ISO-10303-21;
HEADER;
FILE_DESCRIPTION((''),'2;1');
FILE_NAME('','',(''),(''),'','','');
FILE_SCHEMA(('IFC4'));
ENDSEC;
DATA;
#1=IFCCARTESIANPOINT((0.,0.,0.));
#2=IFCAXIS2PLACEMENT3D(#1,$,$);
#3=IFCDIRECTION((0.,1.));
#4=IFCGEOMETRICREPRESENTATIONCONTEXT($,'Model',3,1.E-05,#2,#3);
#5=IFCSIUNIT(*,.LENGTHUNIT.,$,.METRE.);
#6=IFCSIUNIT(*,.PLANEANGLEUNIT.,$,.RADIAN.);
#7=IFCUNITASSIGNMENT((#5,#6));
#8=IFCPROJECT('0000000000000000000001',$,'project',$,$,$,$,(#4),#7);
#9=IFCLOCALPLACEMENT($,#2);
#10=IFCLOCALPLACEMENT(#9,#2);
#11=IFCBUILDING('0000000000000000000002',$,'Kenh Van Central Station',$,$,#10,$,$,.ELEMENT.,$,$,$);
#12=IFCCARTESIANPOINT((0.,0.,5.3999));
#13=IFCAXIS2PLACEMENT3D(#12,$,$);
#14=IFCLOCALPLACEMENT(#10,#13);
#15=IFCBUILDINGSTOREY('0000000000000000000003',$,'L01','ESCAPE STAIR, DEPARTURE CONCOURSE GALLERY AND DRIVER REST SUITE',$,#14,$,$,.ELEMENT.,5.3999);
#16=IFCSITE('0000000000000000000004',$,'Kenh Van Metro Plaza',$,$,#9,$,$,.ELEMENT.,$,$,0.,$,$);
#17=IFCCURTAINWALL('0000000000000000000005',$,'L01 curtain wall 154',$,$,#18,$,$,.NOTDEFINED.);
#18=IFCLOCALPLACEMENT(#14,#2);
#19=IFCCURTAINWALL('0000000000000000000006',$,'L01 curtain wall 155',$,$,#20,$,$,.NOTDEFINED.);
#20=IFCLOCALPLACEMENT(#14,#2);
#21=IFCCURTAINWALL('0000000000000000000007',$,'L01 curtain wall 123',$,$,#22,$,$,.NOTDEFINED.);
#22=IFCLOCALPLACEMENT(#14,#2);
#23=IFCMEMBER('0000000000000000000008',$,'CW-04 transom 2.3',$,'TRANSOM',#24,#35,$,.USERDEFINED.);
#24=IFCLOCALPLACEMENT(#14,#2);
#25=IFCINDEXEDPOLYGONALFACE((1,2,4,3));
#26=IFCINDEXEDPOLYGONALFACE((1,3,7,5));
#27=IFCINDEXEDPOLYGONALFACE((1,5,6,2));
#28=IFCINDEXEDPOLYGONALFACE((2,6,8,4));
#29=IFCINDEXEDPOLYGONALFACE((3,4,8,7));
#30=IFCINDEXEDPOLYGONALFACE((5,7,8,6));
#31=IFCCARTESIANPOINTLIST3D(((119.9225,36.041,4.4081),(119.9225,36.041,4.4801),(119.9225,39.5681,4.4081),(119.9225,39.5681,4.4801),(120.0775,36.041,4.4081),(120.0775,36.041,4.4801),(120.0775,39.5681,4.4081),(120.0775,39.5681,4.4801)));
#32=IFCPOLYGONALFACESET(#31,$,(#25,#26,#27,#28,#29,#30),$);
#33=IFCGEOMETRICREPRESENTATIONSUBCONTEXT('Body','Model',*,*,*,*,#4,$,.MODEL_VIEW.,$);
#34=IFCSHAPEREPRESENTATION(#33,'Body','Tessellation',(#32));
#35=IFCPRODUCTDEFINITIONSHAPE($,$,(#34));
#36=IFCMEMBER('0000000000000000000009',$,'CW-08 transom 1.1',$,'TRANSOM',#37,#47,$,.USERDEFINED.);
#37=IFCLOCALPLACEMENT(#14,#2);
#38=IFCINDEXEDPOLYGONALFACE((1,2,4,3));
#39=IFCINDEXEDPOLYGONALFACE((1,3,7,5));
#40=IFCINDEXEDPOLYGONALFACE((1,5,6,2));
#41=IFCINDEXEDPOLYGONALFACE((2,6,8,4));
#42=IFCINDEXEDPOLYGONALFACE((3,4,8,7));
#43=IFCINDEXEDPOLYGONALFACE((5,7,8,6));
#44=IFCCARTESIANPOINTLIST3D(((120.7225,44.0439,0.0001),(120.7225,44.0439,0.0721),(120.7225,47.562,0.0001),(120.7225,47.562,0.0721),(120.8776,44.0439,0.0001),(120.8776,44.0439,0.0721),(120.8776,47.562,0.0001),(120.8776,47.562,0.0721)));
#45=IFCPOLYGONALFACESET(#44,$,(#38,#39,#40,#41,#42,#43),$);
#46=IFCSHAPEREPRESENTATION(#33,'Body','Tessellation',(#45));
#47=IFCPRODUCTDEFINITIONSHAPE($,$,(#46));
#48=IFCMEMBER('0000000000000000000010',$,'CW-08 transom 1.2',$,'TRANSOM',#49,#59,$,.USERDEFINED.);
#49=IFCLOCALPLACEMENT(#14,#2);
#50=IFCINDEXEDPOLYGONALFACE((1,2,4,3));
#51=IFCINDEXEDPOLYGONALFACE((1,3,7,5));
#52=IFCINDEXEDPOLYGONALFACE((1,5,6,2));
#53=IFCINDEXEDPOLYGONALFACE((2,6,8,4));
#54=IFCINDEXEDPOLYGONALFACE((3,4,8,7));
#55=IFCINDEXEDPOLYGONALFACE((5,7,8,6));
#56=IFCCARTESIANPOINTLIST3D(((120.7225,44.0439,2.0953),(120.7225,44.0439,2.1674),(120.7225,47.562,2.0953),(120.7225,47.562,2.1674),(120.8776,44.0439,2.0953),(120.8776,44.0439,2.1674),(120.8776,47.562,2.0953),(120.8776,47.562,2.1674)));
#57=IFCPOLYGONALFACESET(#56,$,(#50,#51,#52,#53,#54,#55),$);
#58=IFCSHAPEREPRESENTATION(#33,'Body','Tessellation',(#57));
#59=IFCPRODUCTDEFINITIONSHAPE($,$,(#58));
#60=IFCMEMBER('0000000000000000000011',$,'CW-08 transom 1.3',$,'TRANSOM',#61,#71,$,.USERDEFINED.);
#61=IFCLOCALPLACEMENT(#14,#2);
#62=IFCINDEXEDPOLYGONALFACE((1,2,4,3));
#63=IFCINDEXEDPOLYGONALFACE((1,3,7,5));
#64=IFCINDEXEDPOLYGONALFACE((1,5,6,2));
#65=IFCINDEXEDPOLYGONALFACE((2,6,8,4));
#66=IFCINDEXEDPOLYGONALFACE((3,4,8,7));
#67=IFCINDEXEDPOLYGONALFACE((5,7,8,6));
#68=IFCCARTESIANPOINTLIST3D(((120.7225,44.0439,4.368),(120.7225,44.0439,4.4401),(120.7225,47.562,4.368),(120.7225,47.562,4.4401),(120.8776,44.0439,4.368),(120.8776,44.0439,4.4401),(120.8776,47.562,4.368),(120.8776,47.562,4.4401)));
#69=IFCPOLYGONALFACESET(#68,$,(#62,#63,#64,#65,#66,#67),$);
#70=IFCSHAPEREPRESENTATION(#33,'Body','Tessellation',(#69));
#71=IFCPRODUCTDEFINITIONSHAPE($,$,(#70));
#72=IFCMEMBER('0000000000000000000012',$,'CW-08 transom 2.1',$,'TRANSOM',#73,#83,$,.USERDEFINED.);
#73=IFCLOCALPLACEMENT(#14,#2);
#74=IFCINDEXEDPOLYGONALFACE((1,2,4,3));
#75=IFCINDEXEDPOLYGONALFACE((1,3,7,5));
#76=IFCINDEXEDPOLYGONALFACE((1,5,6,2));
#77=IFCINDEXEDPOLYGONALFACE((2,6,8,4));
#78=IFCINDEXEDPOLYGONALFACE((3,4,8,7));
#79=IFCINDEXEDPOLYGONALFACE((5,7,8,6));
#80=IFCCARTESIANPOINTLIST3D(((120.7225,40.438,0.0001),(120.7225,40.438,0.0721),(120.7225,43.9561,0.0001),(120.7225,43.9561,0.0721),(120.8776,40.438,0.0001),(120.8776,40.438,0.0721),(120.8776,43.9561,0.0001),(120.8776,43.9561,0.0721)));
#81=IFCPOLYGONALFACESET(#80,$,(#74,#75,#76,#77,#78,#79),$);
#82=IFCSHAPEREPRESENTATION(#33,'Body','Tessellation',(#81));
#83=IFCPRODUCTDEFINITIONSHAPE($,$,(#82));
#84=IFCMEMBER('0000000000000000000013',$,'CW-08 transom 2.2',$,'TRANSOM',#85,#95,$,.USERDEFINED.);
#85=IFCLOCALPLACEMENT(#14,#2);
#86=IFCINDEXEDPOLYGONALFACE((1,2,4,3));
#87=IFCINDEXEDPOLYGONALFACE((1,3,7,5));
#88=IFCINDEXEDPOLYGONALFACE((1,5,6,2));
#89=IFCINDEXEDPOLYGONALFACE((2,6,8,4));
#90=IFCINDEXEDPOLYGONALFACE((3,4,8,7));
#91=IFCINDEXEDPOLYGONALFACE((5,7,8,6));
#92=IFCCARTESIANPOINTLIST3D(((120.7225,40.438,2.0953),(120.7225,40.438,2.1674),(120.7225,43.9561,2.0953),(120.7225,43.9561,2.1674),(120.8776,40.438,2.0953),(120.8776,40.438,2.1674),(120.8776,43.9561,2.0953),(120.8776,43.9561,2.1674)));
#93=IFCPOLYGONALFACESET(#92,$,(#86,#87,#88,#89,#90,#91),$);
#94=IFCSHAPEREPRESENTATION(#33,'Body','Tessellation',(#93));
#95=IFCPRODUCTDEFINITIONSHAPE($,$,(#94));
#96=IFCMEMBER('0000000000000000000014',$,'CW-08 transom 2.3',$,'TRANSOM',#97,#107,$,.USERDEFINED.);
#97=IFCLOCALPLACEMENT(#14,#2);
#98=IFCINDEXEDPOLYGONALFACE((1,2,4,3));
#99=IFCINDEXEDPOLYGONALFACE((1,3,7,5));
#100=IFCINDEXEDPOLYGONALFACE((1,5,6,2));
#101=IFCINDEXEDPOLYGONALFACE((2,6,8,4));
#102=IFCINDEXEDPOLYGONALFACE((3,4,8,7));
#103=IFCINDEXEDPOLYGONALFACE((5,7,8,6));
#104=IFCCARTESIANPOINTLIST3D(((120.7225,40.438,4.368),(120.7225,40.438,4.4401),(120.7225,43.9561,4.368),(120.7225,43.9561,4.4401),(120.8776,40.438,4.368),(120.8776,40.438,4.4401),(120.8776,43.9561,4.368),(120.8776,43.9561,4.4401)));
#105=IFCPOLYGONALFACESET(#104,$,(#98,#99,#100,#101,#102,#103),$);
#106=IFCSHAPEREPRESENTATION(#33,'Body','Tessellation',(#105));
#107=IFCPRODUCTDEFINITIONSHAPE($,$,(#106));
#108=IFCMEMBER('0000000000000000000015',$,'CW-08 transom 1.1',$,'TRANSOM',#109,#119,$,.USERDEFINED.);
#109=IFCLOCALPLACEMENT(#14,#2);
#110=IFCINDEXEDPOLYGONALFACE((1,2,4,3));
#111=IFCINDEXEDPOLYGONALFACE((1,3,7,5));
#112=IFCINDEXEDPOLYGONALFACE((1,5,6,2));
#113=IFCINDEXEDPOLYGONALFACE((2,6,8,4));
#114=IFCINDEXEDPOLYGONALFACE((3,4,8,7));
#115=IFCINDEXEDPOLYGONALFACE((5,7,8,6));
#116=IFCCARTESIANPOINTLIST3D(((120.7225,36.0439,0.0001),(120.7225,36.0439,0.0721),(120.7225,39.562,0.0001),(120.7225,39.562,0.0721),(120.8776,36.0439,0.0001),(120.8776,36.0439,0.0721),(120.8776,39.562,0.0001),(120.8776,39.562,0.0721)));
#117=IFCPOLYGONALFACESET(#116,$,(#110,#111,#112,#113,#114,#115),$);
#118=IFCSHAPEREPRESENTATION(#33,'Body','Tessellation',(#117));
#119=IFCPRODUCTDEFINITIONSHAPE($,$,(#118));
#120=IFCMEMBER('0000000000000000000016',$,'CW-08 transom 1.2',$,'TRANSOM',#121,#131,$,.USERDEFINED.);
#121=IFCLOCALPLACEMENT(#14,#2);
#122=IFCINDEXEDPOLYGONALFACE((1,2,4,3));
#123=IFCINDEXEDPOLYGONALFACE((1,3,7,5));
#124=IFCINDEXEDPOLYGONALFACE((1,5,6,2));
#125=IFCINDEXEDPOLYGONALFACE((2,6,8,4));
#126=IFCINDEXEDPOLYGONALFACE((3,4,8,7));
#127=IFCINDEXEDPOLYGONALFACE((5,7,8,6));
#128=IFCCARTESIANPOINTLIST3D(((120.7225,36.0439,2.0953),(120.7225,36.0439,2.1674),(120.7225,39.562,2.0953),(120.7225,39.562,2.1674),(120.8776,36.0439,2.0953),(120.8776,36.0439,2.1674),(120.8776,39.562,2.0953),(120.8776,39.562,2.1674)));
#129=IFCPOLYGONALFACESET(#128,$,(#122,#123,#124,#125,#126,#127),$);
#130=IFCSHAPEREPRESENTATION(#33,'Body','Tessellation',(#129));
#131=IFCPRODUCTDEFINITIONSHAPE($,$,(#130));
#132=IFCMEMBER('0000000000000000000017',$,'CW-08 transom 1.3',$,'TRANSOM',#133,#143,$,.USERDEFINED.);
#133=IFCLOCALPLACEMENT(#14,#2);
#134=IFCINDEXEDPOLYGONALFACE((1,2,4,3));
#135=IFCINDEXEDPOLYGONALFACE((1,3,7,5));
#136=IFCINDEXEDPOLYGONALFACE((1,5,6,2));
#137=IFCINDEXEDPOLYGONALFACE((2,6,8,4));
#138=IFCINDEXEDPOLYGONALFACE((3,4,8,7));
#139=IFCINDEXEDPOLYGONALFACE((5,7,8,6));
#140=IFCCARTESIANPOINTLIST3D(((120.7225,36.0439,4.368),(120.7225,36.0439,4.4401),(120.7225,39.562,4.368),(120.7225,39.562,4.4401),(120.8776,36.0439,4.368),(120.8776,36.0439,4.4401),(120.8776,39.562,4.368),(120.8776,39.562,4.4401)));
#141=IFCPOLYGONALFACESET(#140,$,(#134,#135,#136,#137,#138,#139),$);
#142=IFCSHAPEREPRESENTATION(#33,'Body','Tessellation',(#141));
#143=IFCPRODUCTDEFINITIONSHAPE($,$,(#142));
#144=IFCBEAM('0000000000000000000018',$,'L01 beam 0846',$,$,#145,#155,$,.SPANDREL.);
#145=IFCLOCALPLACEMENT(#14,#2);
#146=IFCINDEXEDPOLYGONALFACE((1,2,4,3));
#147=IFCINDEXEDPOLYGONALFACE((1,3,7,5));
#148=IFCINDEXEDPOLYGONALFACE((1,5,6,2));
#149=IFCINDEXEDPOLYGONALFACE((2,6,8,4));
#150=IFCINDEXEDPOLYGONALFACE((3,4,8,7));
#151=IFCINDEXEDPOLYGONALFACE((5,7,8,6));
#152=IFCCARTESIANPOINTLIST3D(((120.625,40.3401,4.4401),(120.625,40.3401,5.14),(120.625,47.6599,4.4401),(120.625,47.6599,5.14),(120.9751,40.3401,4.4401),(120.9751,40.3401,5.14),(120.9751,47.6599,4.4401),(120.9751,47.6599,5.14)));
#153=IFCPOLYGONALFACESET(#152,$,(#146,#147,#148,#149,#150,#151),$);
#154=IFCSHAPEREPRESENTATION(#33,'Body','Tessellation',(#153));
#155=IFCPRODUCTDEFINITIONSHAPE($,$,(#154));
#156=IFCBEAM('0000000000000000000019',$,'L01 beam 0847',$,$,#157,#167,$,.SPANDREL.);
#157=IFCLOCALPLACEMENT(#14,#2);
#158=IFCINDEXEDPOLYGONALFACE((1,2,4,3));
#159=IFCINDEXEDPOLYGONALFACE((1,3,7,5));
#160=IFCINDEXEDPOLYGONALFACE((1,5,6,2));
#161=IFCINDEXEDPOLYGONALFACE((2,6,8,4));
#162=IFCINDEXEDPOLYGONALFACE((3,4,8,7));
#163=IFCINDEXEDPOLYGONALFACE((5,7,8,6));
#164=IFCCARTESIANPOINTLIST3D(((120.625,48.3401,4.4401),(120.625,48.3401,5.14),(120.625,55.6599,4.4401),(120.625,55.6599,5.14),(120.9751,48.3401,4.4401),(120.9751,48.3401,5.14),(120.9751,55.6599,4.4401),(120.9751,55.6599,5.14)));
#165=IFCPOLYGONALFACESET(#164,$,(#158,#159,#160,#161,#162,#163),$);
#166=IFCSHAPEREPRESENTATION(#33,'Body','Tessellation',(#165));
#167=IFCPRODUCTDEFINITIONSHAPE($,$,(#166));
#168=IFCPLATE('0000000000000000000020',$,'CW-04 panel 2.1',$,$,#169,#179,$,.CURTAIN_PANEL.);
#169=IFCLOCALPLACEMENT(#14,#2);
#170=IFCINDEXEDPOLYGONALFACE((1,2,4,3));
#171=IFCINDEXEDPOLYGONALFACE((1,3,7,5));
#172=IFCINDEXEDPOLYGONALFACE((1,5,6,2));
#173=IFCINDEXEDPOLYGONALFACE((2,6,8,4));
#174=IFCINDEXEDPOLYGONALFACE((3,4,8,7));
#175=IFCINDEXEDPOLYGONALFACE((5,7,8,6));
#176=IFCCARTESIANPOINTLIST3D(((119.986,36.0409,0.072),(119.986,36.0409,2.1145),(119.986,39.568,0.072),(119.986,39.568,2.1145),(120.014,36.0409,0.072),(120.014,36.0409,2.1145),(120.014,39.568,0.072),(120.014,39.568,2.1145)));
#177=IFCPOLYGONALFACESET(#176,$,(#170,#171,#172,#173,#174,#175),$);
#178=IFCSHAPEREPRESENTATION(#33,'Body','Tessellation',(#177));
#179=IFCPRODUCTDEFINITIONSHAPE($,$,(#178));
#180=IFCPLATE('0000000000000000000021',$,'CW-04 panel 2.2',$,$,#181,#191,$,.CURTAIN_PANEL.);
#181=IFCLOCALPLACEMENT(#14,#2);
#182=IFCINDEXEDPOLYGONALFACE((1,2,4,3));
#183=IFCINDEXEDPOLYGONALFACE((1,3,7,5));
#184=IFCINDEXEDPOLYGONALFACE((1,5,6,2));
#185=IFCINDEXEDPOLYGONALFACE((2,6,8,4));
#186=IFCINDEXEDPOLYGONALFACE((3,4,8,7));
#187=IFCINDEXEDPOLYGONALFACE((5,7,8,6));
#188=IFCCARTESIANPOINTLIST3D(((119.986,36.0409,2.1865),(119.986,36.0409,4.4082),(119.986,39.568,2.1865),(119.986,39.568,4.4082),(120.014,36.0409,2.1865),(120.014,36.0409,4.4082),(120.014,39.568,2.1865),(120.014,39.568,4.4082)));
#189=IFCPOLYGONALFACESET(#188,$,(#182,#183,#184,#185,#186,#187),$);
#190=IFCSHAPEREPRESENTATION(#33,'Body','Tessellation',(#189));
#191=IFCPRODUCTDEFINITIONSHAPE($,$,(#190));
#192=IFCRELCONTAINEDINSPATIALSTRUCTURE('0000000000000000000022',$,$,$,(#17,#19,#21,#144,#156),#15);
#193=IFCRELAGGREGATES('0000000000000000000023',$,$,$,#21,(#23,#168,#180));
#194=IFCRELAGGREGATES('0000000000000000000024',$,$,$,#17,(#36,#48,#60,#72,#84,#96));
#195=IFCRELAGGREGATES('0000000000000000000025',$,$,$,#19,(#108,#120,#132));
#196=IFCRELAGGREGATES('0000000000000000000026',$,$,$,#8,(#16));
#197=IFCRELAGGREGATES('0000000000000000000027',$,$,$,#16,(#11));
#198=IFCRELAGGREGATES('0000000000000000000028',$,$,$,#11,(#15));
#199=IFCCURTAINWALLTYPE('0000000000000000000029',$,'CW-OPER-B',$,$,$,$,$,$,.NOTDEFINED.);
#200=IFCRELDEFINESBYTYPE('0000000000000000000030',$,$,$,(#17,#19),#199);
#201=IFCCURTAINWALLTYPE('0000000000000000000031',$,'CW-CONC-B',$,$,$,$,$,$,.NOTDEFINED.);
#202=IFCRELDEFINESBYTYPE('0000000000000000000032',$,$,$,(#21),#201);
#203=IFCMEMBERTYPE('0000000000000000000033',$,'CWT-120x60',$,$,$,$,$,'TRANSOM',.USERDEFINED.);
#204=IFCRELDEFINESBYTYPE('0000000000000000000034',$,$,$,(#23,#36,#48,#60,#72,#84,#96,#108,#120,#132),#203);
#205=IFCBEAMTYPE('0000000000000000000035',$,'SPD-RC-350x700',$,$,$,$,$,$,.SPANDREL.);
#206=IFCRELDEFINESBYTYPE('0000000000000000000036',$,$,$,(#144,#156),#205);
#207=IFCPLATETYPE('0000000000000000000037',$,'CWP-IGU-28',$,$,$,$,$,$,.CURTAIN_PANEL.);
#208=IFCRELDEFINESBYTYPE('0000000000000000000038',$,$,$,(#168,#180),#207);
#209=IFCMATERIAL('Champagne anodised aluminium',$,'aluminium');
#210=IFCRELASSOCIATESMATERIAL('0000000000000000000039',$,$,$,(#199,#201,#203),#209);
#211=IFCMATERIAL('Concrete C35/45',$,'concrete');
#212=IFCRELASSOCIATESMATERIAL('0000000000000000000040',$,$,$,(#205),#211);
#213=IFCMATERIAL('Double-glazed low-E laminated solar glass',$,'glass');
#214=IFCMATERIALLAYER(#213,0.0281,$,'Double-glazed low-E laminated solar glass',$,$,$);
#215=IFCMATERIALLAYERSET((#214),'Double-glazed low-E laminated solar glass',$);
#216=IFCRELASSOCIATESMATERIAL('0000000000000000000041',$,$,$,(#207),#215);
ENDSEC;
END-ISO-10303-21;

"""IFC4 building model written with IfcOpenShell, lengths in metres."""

from ifc_helpers import new_model, si_unit, direction, frame, origin, origin_2d, place, context, subcontext, project, spatial, rectangle, extrude, material, layer, layer_set, material_profile, profile_set, type_object, element, aggregate, save


model = new_model("IFC4")

# Units and contexts
model_context = context("Model", 3, precision=1e-05, world=origin(), true_north=direction((0.0, 1.0)))
body_context = subcontext(model_context, "Body", "Model", "MODEL_VIEW")
ifc_project = project(units=[si_unit("LENGTHUNIT", "METRE"), si_unit("PLANEANGLEUNIT", "RADIAN")], contexts=[model_context])

# Site, building, storey
site_placement = place(None, origin())
site = spatial("IfcSite", under=ifc_project, at=site_placement, Name="Kenh Van Metro Plaza", CompositionType="ELEMENT", RefElevation=0.0)
building_placement = place(site_placement, origin())
building = spatial("IfcBuilding", under=site, at=building_placement, Name="Kenh Van Central Station", CompositionType="ELEMENT")
storey_placement = place(building_placement, frame((0.0, 0.0, 5.3999)))
storey = spatial("IfcBuildingStorey", under=building, at=storey_placement, Name="L01", Description="ESCAPE STAIR, DEPARTURE CONCOURSE GALLERY AND DRIVER REST SUITE", CompositionType="ELEMENT", Elevation=5.3999)

# Shared definitions
ifc_material_1 = material(Name="Concrete C35/45", Category="concrete")

# Shared definitions
ifc_material_2 = material(Name="Champagne anodised aluminium", Category="aluminium")
curtain_wall_type_1 = type_object("IfcCurtainWallType", Name="CW-OPER-B", PredefinedType="NOTDEFINED", material=ifc_material_2)

# Curtain walls, member
curtain_wall_1_placement = place(storey_placement, origin())
curtain_wall_1 = element("IfcCurtainWall", 1, at=curtain_wall_1_placement, inside=storey, type_object=curtain_wall_type_1, Name="L01 curtain wall 154", PredefinedType="NOTDEFINED")
curtain_wall_2_placement = place(storey_placement, origin())
curtain_wall_2 = element("IfcCurtainWall", 2, at=curtain_wall_2_placement, inside=storey, type_object=curtain_wall_type_1, Name="L01 curtain wall 155", PredefinedType="NOTDEFINED")
curtain_wall_type_2 = type_object("IfcCurtainWallType", Name="CW-CONC-B", PredefinedType="NOTDEFINED", material=ifc_material_2)
curtain_wall_3_placement = place(storey_placement, origin())
curtain_wall_3 = element("IfcCurtainWall", 3, at=curtain_wall_3_placement, inside=storey, type_object=curtain_wall_type_2, Name="L01 curtain wall 123", PredefinedType="NOTDEFINED")
ifc_material_profile_1 = material_profile(ifc_material_2, rectangle(XDim=0.155, YDim=0.072, at=origin_2d()), Name="AL 155x72")
ifc_profile_set_1 = profile_set([ifc_material_profile_1], Name="Champagne anodised aluminium")
member_type_1 = type_object("IfcMemberType", Name="CWT-120x60", ElementType="TRANSOM", PredefinedType="USERDEFINED", material=ifc_profile_set_1)
member_1_placement = place(storey_placement, frame((120.0, 36.041, 4.4441), z_axis=(0.0, 1.0, 0.0), x_axis=(-1.0, 0.0, 0.0)))
member_1 = element("IfcMember", 4, at=member_1_placement, type_object=member_type_1, Name="CW-04 transom 2.3", ObjectType="TRANSOM", PredefinedType="USERDEFINED", context=body_context, shape_type="SweptSolid", body=[
    extrude(rectangle(XDim=0.155, YDim=0.072, at=origin_2d()), origin(), (0.0, 0.0, 1.0), 3.5271),
])

# Members
member_2_placement = place(storey_placement, frame((120.8, 47.562, 0.0361), z_axis=(0.0, -1.0, 0.0), x_axis=(1.0, 0.0, 0.0)))
member_2 = element("IfcMember", 5, at=member_2_placement, type_object=member_type_1, Name="CW-08 transom 1.1", ObjectType="TRANSOM", PredefinedType="USERDEFINED", context=body_context, shape_type="SweptSolid", body=[
    extrude(rectangle(XDim=0.155, YDim=0.072, at=origin_2d()), origin(), (0.0, 0.0, 1.0), 3.5181),
])
member_3_placement = place(storey_placement, frame((120.8, 47.562, 2.1313), z_axis=(0.0, -1.0, 0.0), x_axis=(1.0, 0.0, 0.0)))
member_3 = element("IfcMember", 6, at=member_3_placement, type_object=member_type_1, Name="CW-08 transom 1.2", ObjectType="TRANSOM", PredefinedType="USERDEFINED", context=body_context, shape_type="SweptSolid", body=[
    extrude(rectangle(XDim=0.155, YDim=0.072, at=origin_2d()), origin(), (0.0, 0.0, 1.0), 3.5181),
])
member_4_placement = place(storey_placement, frame((120.8, 47.562, 4.4041), z_axis=(0.0, -1.0, 0.0), x_axis=(1.0, 0.0, 0.0)))
member_4 = element("IfcMember", 7, at=member_4_placement, type_object=member_type_1, Name="CW-08 transom 1.3", ObjectType="TRANSOM", PredefinedType="USERDEFINED", context=body_context, shape_type="SweptSolid", body=[
    extrude(rectangle(XDim=0.155, YDim=0.072, at=origin_2d()), origin(), (0.0, 0.0, 1.0), 3.5181),
])
member_5_placement = place(storey_placement, frame((120.8, 43.9561, 0.0361), z_axis=(0.0, -1.0, 0.0), x_axis=(1.0, 0.0, 0.0)))
member_5 = element("IfcMember", 8, at=member_5_placement, type_object=member_type_1, Name="CW-08 transom 2.1", ObjectType="TRANSOM", PredefinedType="USERDEFINED", context=body_context, shape_type="SweptSolid", body=[
    extrude(rectangle(XDim=0.155, YDim=0.072, at=origin_2d()), origin(), (0.0, 0.0, 1.0), 3.5181),
])
member_6_placement = place(storey_placement, frame((120.8, 43.9561, 2.1313), z_axis=(0.0, -1.0, 0.0), x_axis=(1.0, 0.0, 0.0)))
member_6 = element("IfcMember", 9, at=member_6_placement, type_object=member_type_1, Name="CW-08 transom 2.2", ObjectType="TRANSOM", PredefinedType="USERDEFINED", context=body_context, shape_type="SweptSolid", body=[
    extrude(rectangle(XDim=0.155, YDim=0.072, at=origin_2d()), origin(), (0.0, 0.0, 1.0), 3.5181),
])
member_7_placement = place(storey_placement, frame((120.8, 43.9561, 4.4041), z_axis=(0.0, -1.0, 0.0), x_axis=(1.0, 0.0, 0.0)))
member_7 = element("IfcMember", 10, at=member_7_placement, type_object=member_type_1, Name="CW-08 transom 2.3", ObjectType="TRANSOM", PredefinedType="USERDEFINED", context=body_context, shape_type="SweptSolid", body=[
    extrude(rectangle(XDim=0.155, YDim=0.072, at=origin_2d()), origin(), (0.0, 0.0, 1.0), 3.5181),
])
member_8_placement = place(storey_placement, frame((120.8, 39.562, 0.0361), z_axis=(0.0, -1.0, 0.0), x_axis=(1.0, 0.0, 0.0)))
member_8 = element("IfcMember", 11, at=member_8_placement, type_object=member_type_1, Name="CW-08 transom 1.1", ObjectType="TRANSOM", PredefinedType="USERDEFINED", context=body_context, shape_type="SweptSolid", body=[
    extrude(rectangle(XDim=0.155, YDim=0.072, at=origin_2d()), origin(), (0.0, 0.0, 1.0), 3.5181),
])
member_9_placement = place(storey_placement, frame((120.8, 39.562, 2.1313), z_axis=(0.0, -1.0, 0.0), x_axis=(1.0, 0.0, 0.0)))
member_9 = element("IfcMember", 12, at=member_9_placement, type_object=member_type_1, Name="CW-08 transom 1.2", ObjectType="TRANSOM", PredefinedType="USERDEFINED", context=body_context, shape_type="SweptSolid", body=[
    extrude(rectangle(XDim=0.155, YDim=0.072, at=origin_2d()), origin(), (0.0, 0.0, 1.0), 3.5181),
])
member_10_placement = place(storey_placement, frame((120.8, 39.562, 4.4041), z_axis=(0.0, -1.0, 0.0), x_axis=(1.0, 0.0, 0.0)))
member_10 = element("IfcMember", 13, at=member_10_placement, type_object=member_type_1, Name="CW-08 transom 1.3", ObjectType="TRANSOM", PredefinedType="USERDEFINED", context=body_context, shape_type="SweptSolid", body=[
    extrude(rectangle(XDim=0.155, YDim=0.072, at=origin_2d()), origin(), (0.0, 0.0, 1.0), 3.5181),
])

# Beams
ifc_material_profile_2 = material_profile(ifc_material_1, rectangle(XDim=0.3501, YDim=0.7, at=origin_2d()), Name="RC 350x700")
ifc_profile_set_2 = profile_set([ifc_material_profile_2], Name="Concrete C35/45")
beam_type_1 = type_object("IfcBeamType", Name="SPD-RC-350x700", PredefinedType="SPANDREL", material=ifc_profile_set_2)
for number, where, z_axis, x_axis, name in (
    (14, (120.8, 40.3401, 4.79), (0.0, 1.0, 0.0), (-1.0, 0.0, 0.0), "L01 beam 0846"),
    (15, (120.8, 48.3401, 4.79), (0.0, 1.0, 0.0), (-1.0, 0.0, 0.0), "L01 beam 0847"),
):
    element("IfcBeam", number, at=place(storey_placement, frame(where, z_axis=z_axis, x_axis=x_axis)), inside=storey, type_object=beam_type_1, Name=name, PredefinedType="SPANDREL", context=body_context, shape_type="SweptSolid", body=[
        extrude(rectangle(XDim=0.3501, YDim=0.7, at=origin_2d()), origin(), (0.0, 0.0, 1.0), 7.3198),
    ])

# Plates
ifc_material_3 = material(Name="Double-glazed low-E laminated solar glass", Category="glass")
ifc_layer_1 = layer(ifc_material_3, 0.0281, Name="Double-glazed low-E laminated solar glass")
ifc_layer_set_1 = layer_set([ifc_layer_1], Name="Double-glazed low-E laminated solar glass")
plate_type_1 = type_object("IfcPlateType", Name="CWP-IGU-28", PredefinedType="CURTAIN_PANEL", material=ifc_layer_set_1)
plate_1_placement = place(storey_placement, frame((120.0, 37.8044, 0.072), z_axis=(0.0, 0.0, 1.0), x_axis=(0.0, 1.0, 0.0)))
plate_1 = element("IfcPlate", 16, at=plate_1_placement, type_object=plate_type_1, Name="CW-04 panel 2.1", PredefinedType="CURTAIN_PANEL", context=body_context, shape_type="SweptSolid", body=[
    extrude(rectangle(XDim=3.5271, YDim=0.0281, at=origin_2d()), origin(), (0.0, 0.0, 1.0), 2.0425),
])
plate_2_placement = place(storey_placement, frame((120.0, 37.8044, 2.1865), z_axis=(0.0, 0.0, 1.0), x_axis=(0.0, 1.0, 0.0)))
plate_2 = element("IfcPlate", 17, at=plate_2_placement, type_object=plate_type_1, Name="CW-04 panel 2.2", PredefinedType="CURTAIN_PANEL", context=body_context, shape_type="SweptSolid", body=[
    extrude(rectangle(XDim=3.5271, YDim=0.0281, at=origin_2d()), origin(), (0.0, 0.0, 1.0), 2.2217),
])
aggregate(curtain_wall_3, [member_1, plate_1, plate_2])
aggregate(curtain_wall_1, [member_2, member_3, member_4, member_5, member_6, member_7])
aggregate(curtain_wall_2, [member_8, member_9, member_10])

save(model, "model.ifc")
